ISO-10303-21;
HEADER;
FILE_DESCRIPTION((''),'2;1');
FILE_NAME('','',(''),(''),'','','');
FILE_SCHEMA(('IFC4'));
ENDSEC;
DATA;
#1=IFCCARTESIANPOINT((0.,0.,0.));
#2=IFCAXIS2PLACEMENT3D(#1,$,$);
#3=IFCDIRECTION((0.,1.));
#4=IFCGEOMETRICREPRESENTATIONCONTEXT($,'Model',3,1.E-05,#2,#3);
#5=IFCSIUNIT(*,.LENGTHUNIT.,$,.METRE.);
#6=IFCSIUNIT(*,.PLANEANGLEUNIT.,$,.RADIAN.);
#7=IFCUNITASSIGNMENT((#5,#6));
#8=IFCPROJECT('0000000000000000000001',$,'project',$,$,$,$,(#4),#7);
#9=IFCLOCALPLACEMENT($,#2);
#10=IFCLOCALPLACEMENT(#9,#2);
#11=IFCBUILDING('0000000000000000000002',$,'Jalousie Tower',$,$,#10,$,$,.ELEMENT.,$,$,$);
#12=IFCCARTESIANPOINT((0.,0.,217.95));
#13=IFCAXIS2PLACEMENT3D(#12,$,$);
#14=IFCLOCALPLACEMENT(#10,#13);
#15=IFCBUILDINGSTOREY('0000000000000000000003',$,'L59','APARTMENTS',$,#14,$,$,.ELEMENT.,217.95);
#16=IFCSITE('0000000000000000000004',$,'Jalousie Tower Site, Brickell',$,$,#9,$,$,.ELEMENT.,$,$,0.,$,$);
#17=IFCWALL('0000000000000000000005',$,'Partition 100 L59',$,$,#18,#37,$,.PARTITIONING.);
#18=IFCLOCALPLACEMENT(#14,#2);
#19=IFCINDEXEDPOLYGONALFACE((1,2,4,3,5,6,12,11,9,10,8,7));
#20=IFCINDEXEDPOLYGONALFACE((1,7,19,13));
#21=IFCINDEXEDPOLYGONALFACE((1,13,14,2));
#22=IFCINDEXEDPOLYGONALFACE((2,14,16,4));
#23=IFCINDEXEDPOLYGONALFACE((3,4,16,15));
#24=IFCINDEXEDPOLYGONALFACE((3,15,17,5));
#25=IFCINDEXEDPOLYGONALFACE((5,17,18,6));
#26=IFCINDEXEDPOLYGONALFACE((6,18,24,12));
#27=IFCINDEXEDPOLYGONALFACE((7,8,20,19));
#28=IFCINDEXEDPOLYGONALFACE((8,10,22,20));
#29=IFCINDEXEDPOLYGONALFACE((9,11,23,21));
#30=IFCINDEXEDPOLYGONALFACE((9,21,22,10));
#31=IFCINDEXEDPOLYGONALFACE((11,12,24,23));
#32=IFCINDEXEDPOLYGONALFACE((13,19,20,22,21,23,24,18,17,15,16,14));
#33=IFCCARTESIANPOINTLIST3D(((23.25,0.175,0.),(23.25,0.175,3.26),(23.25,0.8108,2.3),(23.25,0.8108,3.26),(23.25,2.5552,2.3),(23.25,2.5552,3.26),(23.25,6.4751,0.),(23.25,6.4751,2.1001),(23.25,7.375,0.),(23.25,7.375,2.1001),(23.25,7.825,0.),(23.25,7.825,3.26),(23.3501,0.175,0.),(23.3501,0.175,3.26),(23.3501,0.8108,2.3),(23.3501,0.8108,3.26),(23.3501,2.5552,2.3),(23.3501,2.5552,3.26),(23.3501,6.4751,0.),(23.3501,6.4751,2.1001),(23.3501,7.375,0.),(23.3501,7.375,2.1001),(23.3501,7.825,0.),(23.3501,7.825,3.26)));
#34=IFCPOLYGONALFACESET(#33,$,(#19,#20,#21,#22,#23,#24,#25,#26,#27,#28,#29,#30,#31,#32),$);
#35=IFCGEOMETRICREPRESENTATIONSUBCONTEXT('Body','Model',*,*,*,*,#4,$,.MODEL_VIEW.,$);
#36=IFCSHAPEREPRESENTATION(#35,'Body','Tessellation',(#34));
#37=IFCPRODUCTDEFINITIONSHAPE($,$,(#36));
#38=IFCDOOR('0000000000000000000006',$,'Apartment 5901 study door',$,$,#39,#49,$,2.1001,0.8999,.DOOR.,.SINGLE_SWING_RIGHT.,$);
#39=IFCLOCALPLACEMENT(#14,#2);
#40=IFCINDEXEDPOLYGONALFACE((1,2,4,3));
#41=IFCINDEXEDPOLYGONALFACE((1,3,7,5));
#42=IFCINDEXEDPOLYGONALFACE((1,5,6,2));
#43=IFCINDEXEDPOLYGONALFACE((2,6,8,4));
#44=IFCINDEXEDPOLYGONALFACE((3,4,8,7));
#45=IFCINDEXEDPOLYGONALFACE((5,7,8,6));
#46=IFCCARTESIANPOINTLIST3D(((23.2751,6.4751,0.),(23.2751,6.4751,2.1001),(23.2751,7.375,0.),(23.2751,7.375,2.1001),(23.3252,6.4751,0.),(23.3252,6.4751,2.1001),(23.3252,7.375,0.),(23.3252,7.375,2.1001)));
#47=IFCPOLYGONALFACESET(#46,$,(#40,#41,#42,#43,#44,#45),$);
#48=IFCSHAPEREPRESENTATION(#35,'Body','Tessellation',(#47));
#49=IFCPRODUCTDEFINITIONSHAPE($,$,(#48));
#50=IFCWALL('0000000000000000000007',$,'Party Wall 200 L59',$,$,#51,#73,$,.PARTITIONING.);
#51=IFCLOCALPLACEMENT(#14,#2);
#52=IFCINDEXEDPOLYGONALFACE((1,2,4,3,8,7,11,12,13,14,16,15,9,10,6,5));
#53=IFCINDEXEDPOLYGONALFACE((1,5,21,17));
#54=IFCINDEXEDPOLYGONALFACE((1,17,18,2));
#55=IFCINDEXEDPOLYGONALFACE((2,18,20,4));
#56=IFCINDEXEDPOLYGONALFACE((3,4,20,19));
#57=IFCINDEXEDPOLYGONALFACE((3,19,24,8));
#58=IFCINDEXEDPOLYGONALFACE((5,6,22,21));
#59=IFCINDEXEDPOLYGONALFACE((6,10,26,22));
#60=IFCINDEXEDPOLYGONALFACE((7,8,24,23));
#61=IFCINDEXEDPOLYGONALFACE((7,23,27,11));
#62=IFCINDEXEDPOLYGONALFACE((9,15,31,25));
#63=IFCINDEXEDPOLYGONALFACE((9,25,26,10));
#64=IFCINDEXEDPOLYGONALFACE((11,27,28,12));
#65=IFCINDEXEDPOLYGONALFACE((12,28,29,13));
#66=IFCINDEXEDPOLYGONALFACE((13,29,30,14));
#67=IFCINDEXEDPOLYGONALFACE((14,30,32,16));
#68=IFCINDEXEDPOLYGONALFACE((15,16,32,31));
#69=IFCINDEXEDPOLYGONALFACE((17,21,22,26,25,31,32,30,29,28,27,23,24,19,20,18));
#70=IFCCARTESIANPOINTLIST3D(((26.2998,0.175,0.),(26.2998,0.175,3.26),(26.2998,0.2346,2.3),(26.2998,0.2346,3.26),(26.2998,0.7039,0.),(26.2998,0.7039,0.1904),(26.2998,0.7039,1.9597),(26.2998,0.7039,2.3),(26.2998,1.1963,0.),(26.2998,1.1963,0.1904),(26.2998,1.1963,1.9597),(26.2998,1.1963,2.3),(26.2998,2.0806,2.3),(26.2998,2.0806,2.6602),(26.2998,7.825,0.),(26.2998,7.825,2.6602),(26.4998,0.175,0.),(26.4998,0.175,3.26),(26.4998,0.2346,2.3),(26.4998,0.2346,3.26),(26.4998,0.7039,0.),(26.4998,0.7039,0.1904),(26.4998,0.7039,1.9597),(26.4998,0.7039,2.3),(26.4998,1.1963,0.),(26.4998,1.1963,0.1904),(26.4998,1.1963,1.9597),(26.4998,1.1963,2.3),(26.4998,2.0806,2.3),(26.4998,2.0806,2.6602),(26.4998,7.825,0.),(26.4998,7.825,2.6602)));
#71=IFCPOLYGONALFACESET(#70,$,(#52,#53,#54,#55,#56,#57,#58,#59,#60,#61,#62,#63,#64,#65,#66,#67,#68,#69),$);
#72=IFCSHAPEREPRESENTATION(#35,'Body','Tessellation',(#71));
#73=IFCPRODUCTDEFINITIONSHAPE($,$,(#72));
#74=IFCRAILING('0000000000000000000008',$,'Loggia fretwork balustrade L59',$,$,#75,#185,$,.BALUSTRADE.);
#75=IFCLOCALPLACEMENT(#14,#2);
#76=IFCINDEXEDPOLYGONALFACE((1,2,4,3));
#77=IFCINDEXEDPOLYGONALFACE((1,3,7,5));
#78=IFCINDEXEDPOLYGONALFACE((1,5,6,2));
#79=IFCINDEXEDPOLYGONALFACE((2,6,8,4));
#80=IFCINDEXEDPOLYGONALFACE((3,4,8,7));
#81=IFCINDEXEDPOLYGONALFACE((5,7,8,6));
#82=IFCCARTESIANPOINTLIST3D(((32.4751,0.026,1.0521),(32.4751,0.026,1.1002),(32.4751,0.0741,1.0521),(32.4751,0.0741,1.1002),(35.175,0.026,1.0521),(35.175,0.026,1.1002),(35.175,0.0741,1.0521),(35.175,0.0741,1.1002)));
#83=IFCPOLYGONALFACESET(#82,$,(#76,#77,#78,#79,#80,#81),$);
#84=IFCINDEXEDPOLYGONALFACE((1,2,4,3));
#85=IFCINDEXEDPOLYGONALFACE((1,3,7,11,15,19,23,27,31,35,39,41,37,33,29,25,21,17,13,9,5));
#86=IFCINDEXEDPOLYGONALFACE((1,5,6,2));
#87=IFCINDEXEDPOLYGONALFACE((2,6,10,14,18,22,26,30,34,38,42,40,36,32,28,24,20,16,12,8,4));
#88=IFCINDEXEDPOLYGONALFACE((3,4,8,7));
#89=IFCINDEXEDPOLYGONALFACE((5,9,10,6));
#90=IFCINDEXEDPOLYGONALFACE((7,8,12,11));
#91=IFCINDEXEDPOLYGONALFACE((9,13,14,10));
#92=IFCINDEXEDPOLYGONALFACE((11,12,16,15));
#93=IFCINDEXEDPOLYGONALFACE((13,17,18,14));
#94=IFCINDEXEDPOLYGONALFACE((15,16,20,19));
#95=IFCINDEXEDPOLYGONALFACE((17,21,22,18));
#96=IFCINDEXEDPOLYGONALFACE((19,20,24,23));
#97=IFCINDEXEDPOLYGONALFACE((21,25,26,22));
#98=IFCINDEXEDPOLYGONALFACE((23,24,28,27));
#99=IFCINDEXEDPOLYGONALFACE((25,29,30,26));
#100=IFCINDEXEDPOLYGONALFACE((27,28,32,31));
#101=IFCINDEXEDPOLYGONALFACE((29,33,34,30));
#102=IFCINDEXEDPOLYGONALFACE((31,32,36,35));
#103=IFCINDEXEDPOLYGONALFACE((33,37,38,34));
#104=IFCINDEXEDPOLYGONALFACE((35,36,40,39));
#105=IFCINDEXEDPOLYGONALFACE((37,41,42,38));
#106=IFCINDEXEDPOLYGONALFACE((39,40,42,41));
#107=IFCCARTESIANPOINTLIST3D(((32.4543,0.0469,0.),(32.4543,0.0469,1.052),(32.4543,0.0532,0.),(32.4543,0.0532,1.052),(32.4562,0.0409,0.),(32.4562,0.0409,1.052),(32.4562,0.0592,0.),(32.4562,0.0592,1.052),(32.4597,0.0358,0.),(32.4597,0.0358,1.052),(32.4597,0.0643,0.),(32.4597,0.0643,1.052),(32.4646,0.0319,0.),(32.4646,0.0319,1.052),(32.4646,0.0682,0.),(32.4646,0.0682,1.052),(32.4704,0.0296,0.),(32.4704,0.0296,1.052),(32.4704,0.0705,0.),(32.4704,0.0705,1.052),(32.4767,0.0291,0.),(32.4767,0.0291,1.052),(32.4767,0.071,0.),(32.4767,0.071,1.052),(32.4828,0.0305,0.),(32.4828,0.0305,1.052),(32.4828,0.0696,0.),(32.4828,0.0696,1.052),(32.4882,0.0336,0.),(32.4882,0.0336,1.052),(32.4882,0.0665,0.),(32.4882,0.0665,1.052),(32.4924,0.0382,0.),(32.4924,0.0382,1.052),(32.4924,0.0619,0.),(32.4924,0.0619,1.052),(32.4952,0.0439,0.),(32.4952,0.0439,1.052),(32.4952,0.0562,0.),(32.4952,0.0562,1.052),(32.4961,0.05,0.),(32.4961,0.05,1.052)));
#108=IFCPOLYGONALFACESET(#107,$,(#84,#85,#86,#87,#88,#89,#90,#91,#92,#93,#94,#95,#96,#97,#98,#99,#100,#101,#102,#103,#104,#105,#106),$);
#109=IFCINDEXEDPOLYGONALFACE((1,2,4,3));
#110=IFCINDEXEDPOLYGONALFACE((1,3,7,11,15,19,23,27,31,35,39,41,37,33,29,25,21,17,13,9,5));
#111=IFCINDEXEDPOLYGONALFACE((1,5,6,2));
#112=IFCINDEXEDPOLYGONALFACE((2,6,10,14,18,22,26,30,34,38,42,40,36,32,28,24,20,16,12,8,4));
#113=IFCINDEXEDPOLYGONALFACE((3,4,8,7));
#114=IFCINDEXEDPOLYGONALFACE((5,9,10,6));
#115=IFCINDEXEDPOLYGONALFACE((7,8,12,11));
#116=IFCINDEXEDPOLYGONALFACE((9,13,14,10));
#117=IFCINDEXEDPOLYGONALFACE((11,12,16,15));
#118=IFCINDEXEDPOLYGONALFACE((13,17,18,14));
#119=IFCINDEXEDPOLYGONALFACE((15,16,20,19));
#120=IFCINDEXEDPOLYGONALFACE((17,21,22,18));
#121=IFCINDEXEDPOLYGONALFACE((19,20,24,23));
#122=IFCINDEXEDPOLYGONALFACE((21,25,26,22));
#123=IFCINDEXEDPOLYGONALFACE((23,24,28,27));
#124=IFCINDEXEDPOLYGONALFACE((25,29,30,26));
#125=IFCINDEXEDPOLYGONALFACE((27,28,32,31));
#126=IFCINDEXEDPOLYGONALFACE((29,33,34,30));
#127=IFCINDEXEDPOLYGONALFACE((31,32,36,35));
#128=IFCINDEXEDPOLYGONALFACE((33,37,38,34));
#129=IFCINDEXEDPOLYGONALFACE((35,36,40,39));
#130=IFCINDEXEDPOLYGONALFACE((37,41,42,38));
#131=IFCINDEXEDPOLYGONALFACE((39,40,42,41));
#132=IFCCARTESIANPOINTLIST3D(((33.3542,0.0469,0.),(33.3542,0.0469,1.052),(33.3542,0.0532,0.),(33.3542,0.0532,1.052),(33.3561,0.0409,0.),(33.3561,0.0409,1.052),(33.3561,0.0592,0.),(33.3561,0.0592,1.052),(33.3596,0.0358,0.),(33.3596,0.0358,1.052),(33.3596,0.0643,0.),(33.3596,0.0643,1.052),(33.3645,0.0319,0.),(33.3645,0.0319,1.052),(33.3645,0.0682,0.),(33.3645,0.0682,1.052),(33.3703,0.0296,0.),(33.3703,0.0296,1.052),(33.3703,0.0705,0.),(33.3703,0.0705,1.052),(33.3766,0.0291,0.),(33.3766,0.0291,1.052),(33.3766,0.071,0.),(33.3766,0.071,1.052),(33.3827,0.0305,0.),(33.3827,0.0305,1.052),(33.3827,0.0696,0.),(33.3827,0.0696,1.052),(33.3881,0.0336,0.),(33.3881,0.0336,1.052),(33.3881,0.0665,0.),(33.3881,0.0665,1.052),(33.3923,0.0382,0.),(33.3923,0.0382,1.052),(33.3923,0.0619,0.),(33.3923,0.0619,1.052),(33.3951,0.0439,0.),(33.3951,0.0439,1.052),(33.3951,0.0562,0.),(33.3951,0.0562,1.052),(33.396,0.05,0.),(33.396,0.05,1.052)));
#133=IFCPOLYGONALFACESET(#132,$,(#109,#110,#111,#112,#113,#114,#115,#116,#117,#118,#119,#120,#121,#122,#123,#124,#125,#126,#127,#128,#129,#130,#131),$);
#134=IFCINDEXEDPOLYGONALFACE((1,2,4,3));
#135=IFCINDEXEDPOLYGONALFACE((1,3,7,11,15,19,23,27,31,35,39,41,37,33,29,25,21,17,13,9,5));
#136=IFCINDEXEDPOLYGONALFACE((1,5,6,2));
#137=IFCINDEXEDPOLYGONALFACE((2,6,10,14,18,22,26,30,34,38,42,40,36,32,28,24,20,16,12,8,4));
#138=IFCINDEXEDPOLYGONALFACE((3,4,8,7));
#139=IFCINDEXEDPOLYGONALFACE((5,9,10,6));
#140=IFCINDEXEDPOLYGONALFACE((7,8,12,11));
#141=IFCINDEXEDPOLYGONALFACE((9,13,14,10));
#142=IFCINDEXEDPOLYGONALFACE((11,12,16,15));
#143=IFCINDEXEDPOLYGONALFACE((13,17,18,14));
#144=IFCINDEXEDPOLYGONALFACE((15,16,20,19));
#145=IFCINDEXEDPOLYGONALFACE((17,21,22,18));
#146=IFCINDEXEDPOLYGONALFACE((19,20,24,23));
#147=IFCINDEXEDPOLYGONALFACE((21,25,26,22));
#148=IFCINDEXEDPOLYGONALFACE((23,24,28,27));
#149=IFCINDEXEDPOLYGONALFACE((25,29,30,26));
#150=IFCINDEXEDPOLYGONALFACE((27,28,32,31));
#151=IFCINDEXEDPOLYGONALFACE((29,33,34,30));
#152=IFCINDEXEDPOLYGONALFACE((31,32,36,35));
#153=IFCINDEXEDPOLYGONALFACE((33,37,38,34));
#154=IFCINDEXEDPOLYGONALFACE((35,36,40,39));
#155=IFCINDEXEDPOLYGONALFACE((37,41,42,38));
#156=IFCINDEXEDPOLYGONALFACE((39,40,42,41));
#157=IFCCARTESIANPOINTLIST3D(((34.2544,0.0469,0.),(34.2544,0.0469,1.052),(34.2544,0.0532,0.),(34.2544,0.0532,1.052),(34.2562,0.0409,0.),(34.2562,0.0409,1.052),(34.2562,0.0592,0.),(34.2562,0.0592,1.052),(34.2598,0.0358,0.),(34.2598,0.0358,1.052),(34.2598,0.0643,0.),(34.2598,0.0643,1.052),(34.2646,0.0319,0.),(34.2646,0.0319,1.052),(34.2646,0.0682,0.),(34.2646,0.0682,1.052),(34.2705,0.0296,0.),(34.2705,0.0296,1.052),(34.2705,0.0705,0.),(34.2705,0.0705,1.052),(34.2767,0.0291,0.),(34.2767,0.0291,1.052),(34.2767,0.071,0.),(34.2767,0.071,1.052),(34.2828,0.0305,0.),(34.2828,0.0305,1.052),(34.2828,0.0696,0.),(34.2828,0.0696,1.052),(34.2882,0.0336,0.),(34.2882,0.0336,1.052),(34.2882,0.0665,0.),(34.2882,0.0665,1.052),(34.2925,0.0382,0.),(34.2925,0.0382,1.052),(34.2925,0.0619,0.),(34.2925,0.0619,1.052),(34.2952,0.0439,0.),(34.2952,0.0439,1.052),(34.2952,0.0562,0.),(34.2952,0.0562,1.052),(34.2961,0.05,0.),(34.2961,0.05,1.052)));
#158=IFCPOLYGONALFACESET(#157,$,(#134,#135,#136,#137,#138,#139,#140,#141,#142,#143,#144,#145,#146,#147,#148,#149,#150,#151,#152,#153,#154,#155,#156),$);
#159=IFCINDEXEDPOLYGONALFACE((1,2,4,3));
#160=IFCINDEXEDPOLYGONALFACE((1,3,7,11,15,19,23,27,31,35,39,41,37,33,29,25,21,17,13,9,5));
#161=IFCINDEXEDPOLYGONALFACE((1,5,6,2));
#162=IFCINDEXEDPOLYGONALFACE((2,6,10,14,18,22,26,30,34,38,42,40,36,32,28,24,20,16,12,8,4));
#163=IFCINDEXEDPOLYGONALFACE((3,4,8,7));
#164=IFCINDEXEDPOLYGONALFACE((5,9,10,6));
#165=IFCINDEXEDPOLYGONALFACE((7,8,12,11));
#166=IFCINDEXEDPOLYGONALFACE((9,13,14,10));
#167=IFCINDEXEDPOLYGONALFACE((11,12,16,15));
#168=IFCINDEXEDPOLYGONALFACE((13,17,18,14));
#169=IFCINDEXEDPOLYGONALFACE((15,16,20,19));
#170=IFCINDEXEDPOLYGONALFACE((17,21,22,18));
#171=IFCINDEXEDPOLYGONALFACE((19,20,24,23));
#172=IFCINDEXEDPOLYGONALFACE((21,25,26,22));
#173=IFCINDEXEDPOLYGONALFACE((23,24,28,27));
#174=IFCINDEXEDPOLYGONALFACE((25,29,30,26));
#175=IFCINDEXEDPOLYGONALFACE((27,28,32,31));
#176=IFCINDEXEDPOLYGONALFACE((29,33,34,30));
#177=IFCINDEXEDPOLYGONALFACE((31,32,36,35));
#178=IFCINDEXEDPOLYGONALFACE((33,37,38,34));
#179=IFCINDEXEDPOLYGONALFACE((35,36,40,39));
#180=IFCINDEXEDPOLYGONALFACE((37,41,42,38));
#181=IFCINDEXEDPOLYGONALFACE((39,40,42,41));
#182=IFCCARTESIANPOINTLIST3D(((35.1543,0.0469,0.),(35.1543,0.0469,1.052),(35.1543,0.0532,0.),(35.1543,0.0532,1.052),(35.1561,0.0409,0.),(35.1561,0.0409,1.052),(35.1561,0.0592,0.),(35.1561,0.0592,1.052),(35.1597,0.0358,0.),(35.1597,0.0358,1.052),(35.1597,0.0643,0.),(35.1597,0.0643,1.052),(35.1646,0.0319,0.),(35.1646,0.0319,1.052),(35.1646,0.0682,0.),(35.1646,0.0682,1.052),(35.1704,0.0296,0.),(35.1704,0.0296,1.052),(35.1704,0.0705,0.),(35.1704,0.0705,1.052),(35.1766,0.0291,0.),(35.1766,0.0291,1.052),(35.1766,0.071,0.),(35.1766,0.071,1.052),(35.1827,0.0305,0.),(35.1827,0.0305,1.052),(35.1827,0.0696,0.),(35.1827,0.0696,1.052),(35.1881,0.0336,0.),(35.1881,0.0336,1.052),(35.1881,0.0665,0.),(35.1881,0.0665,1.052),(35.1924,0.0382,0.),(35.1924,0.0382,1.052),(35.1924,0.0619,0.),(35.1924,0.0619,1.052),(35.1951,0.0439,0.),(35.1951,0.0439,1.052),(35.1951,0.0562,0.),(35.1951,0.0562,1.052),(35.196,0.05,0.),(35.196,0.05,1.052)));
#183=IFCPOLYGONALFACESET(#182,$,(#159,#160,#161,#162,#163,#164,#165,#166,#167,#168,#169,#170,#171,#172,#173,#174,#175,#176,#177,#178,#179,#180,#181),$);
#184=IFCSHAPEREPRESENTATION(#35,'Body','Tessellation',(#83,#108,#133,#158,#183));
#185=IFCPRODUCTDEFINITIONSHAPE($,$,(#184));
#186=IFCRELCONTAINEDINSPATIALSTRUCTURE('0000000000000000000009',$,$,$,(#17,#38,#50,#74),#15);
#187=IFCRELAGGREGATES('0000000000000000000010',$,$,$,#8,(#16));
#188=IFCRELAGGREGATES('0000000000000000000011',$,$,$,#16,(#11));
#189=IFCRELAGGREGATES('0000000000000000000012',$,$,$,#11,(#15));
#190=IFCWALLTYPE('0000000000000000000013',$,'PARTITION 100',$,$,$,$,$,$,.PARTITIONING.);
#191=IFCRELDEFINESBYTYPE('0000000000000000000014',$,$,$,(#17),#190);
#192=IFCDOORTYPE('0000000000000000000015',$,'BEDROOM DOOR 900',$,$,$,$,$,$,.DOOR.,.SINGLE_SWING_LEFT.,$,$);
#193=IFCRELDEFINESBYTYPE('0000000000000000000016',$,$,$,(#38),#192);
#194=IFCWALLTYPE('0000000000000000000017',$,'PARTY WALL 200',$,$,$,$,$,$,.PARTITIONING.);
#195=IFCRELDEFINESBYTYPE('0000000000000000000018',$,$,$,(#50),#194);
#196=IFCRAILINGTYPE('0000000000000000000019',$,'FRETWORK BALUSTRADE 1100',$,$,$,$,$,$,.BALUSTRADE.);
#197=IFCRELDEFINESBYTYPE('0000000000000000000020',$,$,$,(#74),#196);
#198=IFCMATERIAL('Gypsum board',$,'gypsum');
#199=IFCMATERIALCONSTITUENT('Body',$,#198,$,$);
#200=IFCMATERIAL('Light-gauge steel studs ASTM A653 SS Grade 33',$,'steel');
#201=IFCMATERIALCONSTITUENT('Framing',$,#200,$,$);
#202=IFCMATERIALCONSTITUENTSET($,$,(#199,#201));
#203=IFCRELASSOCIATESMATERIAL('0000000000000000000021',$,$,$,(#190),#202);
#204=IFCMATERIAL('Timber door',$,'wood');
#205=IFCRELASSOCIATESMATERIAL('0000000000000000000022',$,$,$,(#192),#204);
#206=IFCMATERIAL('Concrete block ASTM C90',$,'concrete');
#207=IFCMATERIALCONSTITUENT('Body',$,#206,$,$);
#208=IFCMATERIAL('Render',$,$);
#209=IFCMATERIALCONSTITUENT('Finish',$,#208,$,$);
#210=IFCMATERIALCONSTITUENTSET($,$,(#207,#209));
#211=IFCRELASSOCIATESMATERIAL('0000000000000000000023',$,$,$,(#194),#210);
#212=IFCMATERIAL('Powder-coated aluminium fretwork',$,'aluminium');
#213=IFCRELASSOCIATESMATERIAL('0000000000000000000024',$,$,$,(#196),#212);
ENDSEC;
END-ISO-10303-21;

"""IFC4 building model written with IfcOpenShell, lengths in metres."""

from ifc_helpers import new_model, si_unit, direction, frame, frame_2d, origin, origin_2d, place, context, subcontext, project, spatial, polyline, rectangle, circle, outline, extrude, material, constituent, constituent_set, type_object, element, fill, save


model = new_model("IFC4")

# Units and contexts
model_context = context("Model", 3, precision=1e-05, world=origin(), true_north=direction((0.0, 1.0)))
body_context = subcontext(model_context, "Body", "Model", "MODEL_VIEW")
ifc_project = project(units=[si_unit("LENGTHUNIT", "METRE"), si_unit("PLANEANGLEUNIT", "RADIAN")], contexts=[model_context])

# Site, building, storey
site_placement = place(None, origin())
site = spatial("IfcSite", under=ifc_project, at=site_placement, Name="Jalousie Tower Site, Brickell", CompositionType="ELEMENT", RefElevation=0.0)
building_placement = place(site_placement, origin())
building = spatial("IfcBuilding", under=site, at=building_placement, Name="Jalousie Tower", CompositionType="ELEMENT")
storey_placement = place(building_placement, frame((0.0, 0.0, 217.95)))
storey = spatial("IfcBuildingStorey", under=building, at=storey_placement, Name="L59", Description="APARTMENTS", CompositionType="ELEMENT", Elevation=217.95)

# Wall, opening, door
ifc_material_1 = material(Name="Gypsum board", Category="gypsum")
ifc_constituent_1 = constituent(ifc_material_1, Name="Body")
ifc_material_2 = material(Name="Light-gauge steel studs ASTM A653 SS Grade 33", Category="steel")
ifc_constituent_2 = constituent(ifc_material_2, Name="Framing")
ifc_constituent_set_1 = constituent_set(constituents=[ifc_constituent_1, ifc_constituent_2])
wall_type_1 = type_object("IfcWallType", Name="PARTITION 100", PredefinedType="PARTITIONING", material=ifc_constituent_set_1)
wall_1_placement = place(storey_placement, frame((23.3, 0.175, 0.0), z_axis=(0.0, 0.0, 1.0), x_axis=(0.0, 1.0, 0.0)))
wall_1 = element("IfcWall", 1, at=wall_1_placement, inside=storey, type_object=wall_type_1, Name="Partition 100 L59", PredefinedType="PARTITIONING", context=body_context, shape_type="SweptSolid", body=[
    extrude(outline(polyline([(0.0, 0.0), (7.6499, 0.0), (7.6499, 3.26), (2.3801, 3.26), (2.3801, 2.3), (0.6357, 2.3), (0.6357, 3.26), (0.0, 3.26), (0.0, 0.0)])), frame((0.0, 0.05, 0.0), z_axis=(0.0, -1.0, 0.0), x_axis=(1.0, 0.0, 0.0)), (0.0, 0.0, 1.0), 0.1001),
])
opening_1_placement = place(wall_1_placement, frame((6.3, 0.0, 0.0)))
opening_1 = element("IfcOpeningElement", 2, at=opening_1_placement, cuts=wall_1, PredefinedType="OPENING", context=body_context, shape_type="SweptSolid", body=[
    extrude(rectangle(XDim=0.8999, YDim=2.1001, at=frame_2d((0.45, 1.05))), frame((0.0, 0.0601, 0.0), z_axis=(0.0, -1.0, 0.0), x_axis=(1.0, 0.0, 0.0)), (0.0, 0.0, 1.0), 0.1201),
])
ifc_material_3 = material(Name="Timber door", Category="wood")
door_type = type_object("IfcDoorType", Name="BEDROOM DOOR 900", OperationType="SINGLE_SWING_LEFT", PredefinedType="DOOR", material=ifc_material_3)
door_placement = place(opening_1_placement, origin())
door = element("IfcDoor", 3, at=door_placement, inside=storey, type_object=door_type, Name="Apartment 5901 study door", OperationType="SINGLE_SWING_RIGHT", OverallHeight=2.1001, OverallWidth=0.8999, PredefinedType="DOOR", context=body_context, shape_type="SweptSolid", body=[
    extrude(rectangle(XDim=0.8999, YDim=2.1001, at=frame_2d((0.45, 1.05))), frame((0.0, 0.0249, 0.0), z_axis=(0.0, -1.0, 0.0), x_axis=(1.0, 0.0, 0.0)), (0.0, 0.0, 1.0), 0.05),
])
fill(opening_1, door)

# Wall
ifc_material_4 = material(Name="Concrete block ASTM C90", Category="concrete")
ifc_constituent_3 = constituent(ifc_material_4, Name="Body")
ifc_material_5 = material(Name="Render")
ifc_constituent_4 = constituent(ifc_material_5, Name="Finish")
ifc_constituent_set_2 = constituent_set(constituents=[ifc_constituent_3, ifc_constituent_4])
wall_type_2 = type_object("IfcWallType", Name="PARTY WALL 200", PredefinedType="PARTITIONING", material=ifc_constituent_set_2)
wall_2_placement = place(storey_placement, frame((26.3999, 0.175, 0.0), z_axis=(0.0, 0.0, 1.0), x_axis=(0.0, 1.0, 0.0)))
element("IfcWall", 4, at=wall_2_placement, inside=storey, type_object=wall_type_2, Name="Party Wall 200 L59", PredefinedType="PARTITIONING", context=body_context, shape_type="SweptSolid", body=[
    extrude(outline(polyline([(0.0596, 3.26), (0.0, 3.26), (0.0, 0.0), (0.5288, 0.0), (0.5288, 0.1904), (1.0212, 0.1904), (1.0212, 0.0), (7.6499, 0.0), (7.6499, 2.6602), (1.9055, 2.6602), (1.9055, 2.3), (1.0212, 2.3), (1.0212, 1.9597), (0.5288, 1.9597), (0.5288, 2.3), (0.0596, 2.3), (0.0596, 3.26)])), frame((0.0, 0.1001, 0.0), z_axis=(0.0, -1.0, 0.0), x_axis=(1.0, 0.0, 0.0)), (0.0, 0.0, 1.0), 0.2),
])

# Railing
ifc_material_6 = material(Name="Powder-coated aluminium fretwork", Category="aluminium")
railing_type = type_object("IfcRailingType", Name="FRETWORK BALUSTRADE 1100", PredefinedType="BALUSTRADE", material=ifc_material_6)
railing_placement = place(storey_placement, frame((32.4751, 0.05, 0.0)))
element("IfcRailing", 5, at=railing_placement, inside=storey, type_object=railing_type, Name="Loggia fretwork balustrade L59", PredefinedType="BALUSTRADE", context=body_context, shape_type="SweptSolid", body=[
    extrude(rectangle(XDim=0.0481, YDim=0.0481, at=origin_2d()), frame((0.0, 0.0, 1.0762), z_axis=(1.0, 0.0, 0.0), x_axis=(0.0, 1.0, 0.0)), (0.0, 0.0, 1.0), 2.7),
    extrude(circle(Radius=0.021, at=origin_2d()), origin(), (0.0, 0.0, 1.0), 1.052),
    extrude(circle(Radius=0.021, at=origin_2d()), frame((0.8999, 0.0, 0.0)), (0.0, 0.0, 1.0), 1.052),
    extrude(circle(Radius=0.021, at=origin_2d()), frame((1.8, 0.0, 0.0)), (0.0, 0.0, 1.0), 1.052),
    extrude(circle(Radius=0.021, at=origin_2d()), frame((2.7, 0.0, 0.0)), (0.0, 0.0, 1.0), 1.052),
])

save(model, "model.ifc")
